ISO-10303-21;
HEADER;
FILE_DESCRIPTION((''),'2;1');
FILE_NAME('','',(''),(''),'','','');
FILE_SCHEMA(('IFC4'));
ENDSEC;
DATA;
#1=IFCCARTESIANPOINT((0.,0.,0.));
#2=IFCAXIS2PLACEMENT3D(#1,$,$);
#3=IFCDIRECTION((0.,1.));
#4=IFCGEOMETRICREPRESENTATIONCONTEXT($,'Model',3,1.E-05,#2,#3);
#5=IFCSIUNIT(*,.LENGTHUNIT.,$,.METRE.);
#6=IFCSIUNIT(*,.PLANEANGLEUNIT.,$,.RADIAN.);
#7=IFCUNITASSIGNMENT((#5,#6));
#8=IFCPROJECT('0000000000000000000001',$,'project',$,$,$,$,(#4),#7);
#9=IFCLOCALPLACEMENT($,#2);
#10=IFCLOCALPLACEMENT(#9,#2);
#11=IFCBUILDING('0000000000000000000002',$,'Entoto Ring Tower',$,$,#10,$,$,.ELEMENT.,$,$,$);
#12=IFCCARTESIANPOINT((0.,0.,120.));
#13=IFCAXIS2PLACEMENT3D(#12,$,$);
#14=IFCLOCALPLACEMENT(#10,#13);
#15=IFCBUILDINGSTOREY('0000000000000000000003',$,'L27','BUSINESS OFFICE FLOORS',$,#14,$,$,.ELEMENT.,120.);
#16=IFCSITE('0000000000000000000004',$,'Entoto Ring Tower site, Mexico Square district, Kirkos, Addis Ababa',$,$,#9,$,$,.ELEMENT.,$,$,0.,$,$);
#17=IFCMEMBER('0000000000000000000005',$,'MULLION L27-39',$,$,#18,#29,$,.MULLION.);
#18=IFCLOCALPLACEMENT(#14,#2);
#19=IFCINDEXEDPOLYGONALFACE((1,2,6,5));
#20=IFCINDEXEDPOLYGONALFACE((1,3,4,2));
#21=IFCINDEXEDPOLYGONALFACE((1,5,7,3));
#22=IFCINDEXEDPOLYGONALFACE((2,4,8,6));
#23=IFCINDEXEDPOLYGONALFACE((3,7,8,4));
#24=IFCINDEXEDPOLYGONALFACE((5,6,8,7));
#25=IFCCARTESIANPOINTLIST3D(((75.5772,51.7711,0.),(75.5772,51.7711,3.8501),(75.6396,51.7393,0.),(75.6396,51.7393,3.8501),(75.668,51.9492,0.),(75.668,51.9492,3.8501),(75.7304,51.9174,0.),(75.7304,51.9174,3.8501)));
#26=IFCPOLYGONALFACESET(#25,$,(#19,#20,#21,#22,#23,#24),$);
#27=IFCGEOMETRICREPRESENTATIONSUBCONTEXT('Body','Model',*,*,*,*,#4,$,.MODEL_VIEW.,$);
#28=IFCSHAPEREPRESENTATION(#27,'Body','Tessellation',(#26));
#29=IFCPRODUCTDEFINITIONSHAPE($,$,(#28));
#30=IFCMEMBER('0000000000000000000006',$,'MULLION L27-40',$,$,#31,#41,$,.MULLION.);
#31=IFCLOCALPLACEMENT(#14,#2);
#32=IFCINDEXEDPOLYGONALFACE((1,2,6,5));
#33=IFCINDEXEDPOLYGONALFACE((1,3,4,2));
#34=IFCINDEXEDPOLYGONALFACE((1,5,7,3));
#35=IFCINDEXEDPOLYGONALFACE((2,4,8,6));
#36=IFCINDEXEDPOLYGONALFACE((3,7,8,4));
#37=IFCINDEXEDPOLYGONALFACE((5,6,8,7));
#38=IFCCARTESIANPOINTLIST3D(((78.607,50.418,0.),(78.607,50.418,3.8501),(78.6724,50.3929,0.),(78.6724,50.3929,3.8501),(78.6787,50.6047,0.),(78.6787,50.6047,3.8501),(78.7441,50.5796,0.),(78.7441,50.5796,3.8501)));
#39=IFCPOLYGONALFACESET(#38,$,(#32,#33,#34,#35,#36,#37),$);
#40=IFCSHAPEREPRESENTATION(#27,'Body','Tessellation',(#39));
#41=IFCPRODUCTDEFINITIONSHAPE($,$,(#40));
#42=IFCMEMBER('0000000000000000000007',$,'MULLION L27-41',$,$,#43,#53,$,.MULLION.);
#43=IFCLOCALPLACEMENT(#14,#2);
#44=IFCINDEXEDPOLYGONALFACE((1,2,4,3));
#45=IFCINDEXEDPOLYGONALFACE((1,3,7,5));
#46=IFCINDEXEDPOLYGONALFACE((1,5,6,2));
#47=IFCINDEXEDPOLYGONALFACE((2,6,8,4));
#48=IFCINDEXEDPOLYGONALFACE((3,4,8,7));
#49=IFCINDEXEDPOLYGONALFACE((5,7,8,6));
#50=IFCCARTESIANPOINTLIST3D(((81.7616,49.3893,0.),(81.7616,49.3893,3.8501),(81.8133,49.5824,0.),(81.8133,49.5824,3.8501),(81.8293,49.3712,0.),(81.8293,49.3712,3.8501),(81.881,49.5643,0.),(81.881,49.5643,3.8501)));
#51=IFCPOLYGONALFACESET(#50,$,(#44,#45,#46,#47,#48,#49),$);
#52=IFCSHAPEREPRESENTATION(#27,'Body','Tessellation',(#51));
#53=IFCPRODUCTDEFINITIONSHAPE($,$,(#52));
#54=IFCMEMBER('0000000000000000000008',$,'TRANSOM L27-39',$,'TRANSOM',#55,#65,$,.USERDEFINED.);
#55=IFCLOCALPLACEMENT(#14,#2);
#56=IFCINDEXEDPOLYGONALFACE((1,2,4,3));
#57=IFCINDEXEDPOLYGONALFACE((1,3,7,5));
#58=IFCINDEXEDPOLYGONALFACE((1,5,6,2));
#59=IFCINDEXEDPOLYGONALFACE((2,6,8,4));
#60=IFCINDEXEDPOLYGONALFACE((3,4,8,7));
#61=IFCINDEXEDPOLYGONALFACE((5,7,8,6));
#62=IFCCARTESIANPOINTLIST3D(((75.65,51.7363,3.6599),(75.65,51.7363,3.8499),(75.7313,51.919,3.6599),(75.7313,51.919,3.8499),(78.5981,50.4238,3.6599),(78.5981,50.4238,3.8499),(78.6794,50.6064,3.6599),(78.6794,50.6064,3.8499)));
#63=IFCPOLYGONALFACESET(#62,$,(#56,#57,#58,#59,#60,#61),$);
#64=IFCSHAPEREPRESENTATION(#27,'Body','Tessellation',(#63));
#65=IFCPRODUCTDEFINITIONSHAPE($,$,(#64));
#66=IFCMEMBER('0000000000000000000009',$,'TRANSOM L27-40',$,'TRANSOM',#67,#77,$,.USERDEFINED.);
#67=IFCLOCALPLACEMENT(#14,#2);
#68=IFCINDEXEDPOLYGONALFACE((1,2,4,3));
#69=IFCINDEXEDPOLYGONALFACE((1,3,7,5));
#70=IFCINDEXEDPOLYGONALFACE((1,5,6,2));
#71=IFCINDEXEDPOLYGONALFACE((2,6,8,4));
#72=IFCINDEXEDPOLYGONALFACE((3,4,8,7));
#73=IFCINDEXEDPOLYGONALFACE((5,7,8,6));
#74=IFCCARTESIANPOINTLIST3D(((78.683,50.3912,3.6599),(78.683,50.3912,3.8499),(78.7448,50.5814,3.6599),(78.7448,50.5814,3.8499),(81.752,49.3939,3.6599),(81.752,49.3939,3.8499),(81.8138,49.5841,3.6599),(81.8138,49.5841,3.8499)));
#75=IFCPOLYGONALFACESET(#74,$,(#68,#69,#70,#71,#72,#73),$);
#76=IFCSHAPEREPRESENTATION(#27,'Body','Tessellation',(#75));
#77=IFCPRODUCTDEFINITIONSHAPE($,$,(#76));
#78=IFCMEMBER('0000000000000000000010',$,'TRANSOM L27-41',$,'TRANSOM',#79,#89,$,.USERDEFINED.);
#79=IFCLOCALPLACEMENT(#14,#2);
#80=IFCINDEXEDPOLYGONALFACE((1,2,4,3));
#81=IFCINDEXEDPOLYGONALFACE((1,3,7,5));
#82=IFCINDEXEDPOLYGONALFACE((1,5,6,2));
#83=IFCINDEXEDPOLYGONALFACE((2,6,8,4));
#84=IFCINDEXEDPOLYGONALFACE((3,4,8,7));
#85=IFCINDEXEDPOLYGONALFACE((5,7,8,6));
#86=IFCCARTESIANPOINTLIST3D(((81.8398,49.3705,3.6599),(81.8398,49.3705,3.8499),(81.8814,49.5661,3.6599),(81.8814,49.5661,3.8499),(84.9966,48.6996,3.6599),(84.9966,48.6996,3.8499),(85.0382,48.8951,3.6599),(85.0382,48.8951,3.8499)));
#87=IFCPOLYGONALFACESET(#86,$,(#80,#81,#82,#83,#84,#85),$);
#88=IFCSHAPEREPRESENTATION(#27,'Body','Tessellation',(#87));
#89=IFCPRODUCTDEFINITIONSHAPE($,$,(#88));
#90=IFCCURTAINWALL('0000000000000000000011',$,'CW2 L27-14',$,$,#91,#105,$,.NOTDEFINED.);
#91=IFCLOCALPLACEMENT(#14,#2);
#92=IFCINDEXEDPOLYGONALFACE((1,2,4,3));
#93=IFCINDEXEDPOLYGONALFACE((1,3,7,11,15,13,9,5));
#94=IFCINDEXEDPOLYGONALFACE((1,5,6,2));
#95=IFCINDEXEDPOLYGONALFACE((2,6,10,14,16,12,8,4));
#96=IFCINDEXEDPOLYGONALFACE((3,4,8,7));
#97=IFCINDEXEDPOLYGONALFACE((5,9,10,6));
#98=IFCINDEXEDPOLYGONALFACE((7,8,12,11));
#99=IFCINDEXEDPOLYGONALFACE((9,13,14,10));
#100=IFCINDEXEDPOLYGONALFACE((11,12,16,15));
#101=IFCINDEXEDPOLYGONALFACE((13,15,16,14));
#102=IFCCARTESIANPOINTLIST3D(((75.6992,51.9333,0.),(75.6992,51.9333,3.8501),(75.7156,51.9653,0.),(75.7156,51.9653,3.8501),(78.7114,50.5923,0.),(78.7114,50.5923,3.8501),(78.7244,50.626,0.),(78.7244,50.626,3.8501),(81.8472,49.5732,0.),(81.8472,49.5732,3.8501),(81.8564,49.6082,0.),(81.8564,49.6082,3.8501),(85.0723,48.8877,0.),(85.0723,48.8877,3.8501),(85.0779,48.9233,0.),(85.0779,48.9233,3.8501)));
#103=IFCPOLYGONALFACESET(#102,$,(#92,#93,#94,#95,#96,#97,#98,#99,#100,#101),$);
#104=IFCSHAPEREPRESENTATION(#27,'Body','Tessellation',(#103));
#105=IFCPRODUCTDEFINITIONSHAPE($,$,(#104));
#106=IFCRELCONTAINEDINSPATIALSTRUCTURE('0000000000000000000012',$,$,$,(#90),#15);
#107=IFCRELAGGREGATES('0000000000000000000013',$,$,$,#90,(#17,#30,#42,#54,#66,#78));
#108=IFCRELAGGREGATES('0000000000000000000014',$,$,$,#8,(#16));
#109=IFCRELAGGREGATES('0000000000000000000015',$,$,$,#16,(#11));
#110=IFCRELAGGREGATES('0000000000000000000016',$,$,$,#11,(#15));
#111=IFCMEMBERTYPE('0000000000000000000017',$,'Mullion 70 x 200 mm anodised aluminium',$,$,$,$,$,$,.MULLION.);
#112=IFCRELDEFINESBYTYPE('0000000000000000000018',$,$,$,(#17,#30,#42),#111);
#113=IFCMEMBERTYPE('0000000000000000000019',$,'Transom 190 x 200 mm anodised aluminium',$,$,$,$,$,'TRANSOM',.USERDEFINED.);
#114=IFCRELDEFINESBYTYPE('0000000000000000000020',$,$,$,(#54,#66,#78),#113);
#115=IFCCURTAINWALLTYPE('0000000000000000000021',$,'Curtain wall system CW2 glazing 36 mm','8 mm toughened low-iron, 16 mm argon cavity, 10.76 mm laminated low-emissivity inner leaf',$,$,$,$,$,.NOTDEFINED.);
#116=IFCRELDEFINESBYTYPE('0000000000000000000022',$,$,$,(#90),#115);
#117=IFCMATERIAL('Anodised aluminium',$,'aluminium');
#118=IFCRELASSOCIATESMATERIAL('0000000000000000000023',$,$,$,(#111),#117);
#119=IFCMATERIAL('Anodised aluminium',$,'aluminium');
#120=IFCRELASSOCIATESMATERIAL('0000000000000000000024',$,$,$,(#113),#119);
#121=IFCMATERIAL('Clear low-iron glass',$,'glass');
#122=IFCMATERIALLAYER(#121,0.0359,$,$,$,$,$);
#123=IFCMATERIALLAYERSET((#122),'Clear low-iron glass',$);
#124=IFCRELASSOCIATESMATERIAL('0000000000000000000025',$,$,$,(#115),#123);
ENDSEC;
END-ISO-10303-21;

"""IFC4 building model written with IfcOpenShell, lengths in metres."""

from ifc_helpers import new_model, si_unit, direction, frame, origin, origin_2d, place, context, subcontext, project, spatial, polyline, rectangle, outline, extrude, material, layer, layer_set, material_profile, profile_set, type_object, element, aggregate, save


model = new_model("IFC4")

# Units and contexts
model_context = context("Model", 3, precision=1e-05, world=origin(), true_north=direction((0.0, 1.0)))
body_context = subcontext(model_context, "Body", "Model", "MODEL_VIEW")
ifc_project = project(units=[si_unit("LENGTHUNIT", "METRE"), si_unit("PLANEANGLEUNIT", "RADIAN")], contexts=[model_context])

# Members
ifc_material_1 = material(Name="Anodised aluminium", Category="aluminium")
ifc_material_profile_1 = material_profile(ifc_material_1, rectangle(XDim=0.0701, YDim=0.2, at=origin_2d()), Name="Mullion 70 x 200 mm anodised aluminium")
ifc_profile_set_1 = profile_set([ifc_material_profile_1], Name="Anodised aluminium")
member_type_1 = type_object("IfcMemberType", Name="Mullion 70 x 200 mm anodised aluminium", PredefinedType="MULLION", material=ifc_profile_set_1)
site_placement = place(None, origin())
building_placement = place(site_placement, origin())
storey_placement = place(building_placement, frame((0.0, 0.0, 120.0)))
member_1_placement = place(storey_placement, frame((75.6538, 51.8442, 0.0), z_axis=(0.0, 0.0, 1.0), x_axis=(0.891007, -0.45399, 0.0)))
member_1 = element("IfcMember", 1, at=member_1_placement, type_object=member_type_1, Name="MULLION L27-39", PredefinedType="MULLION", context=body_context, shape_type="SweptSolid", body=[
    extrude(rectangle(XDim=0.0701, YDim=0.2, at=origin_2d()), origin(), (0.0, 0.0, 1.0), 3.8501),
])
member_2_placement = place(storey_placement, frame((78.6755, 50.4988, 0.0), z_axis=(0.0, 0.0, 1.0), x_axis=(0.93358, -0.358368, 0.0)))
member_2 = element("IfcMember", 2, at=member_2_placement, type_object=member_type_1, Name="MULLION L27-40", PredefinedType="MULLION", context=body_context, shape_type="SweptSolid", body=[
    extrude(rectangle(XDim=0.0701, YDim=0.2, at=origin_2d()), origin(), (0.0, 0.0, 1.0), 3.8501),
])
member_3_placement = place(storey_placement, frame((81.8213, 49.4768, 0.0), z_axis=(0.0, 0.0, 1.0), x_axis=(0.965926, -0.258819, 0.0)))
member_3 = element("IfcMember", 3, at=member_3_placement, type_object=member_type_1, Name="MULLION L27-41", PredefinedType="MULLION", context=body_context, shape_type="SweptSolid", body=[
    extrude(rectangle(XDim=0.0701, YDim=0.2, at=origin_2d()), origin(), (0.0, 0.0, 1.0), 3.8501),
])
ifc_material_2 = material(Name="Anodised aluminium", Category="aluminium")
ifc_material_profile_2 = material_profile(ifc_material_2, rectangle(XDim=0.2, YDim=0.1899, at=origin_2d()), Name="Transom 190 x 200 mm anodised aluminium")
ifc_profile_set_2 = profile_set([ifc_material_profile_2], Name="Anodised aluminium")
member_type_2 = type_object("IfcMemberType", Name="Transom 190 x 200 mm anodised aluminium", ElementType="TRANSOM", PredefinedType="USERDEFINED", material=ifc_profile_set_2)
member_4_placement = place(storey_placement, frame((75.6907, 51.8276, 3.7549), z_axis=(0.913549, -0.406728, 0.0), x_axis=(0.406728, 0.913549, 0.0)))
member_4 = element("IfcMember", 4, at=member_4_placement, type_object=member_type_2, Name="TRANSOM L27-39", ObjectType="TRANSOM", PredefinedType="USERDEFINED", context=body_context, shape_type="SweptSolid", body=[
    extrude(rectangle(XDim=0.2, YDim=0.1899, at=origin_2d()), origin(), (0.0, 0.0, 1.0), 3.2271),
])
member_5_placement = place(storey_placement, frame((78.7139, 50.4863, 3.7549), z_axis=(0.951047, -0.309047, 0.0), x_axis=(0.309047, 0.951047, 0.0)))
member_5 = element("IfcMember", 5, at=member_5_placement, type_object=member_type_2, Name="TRANSOM L27-40", ObjectType="TRANSOM", PredefinedType="USERDEFINED", context=body_context, shape_type="SweptSolid", body=[
    extrude(rectangle(XDim=0.2, YDim=0.1899, at=origin_2d()), origin(), (0.0, 0.0, 1.0), 3.2271),
])
member_6_placement = place(storey_placement, frame((81.8606, 49.4683, 3.7549), z_axis=(0.978153, -0.207886, 0.0), x_axis=(0.207886, 0.978153, 0.0)))
member_6 = element("IfcMember", 6, at=member_6_placement, type_object=member_type_2, Name="TRANSOM L27-41", ObjectType="TRANSOM", PredefinedType="USERDEFINED", context=body_context, shape_type="SweptSolid", body=[
    extrude(rectangle(XDim=0.2, YDim=0.1899, at=origin_2d()), origin(), (0.0, 0.0, 1.0), 3.2273),
])

# Site, building, storey
site = spatial("IfcSite", under=ifc_project, at=site_placement, Name="Entoto Ring Tower site, Mexico Square district, Kirkos, Addis Ababa", CompositionType="ELEMENT", RefElevation=0.0)
building = spatial("IfcBuilding", under=site, at=building_placement, Name="Entoto Ring Tower", CompositionType="ELEMENT")
storey = spatial("IfcBuildingStorey", under=building, at=storey_placement, Name="L27", Description="BUSINESS OFFICE FLOORS", CompositionType="ELEMENT", Elevation=120.0)

# Curtain wall
ifc_material_3 = material(Name="Clear low-iron glass", Category="glass")
ifc_layer = layer(ifc_material_3, 0.0359)
ifc_layer_set = layer_set([ifc_layer], Name="Clear low-iron glass")
curtain_wall_type = type_object("IfcCurtainWallType", Name="Curtain wall system CW2 glazing 36 mm", Description="8 mm toughened low-iron, 16 mm argon cavity, 10.76 mm laminated low-emissivity inner leaf", PredefinedType="NOTDEFINED", material=ifc_layer_set)
curtain_wall_1_placement = place(storey_placement, origin())
curtain_wall_1 = element("IfcCurtainWall", 7, at=curtain_wall_1_placement, inside=storey, type_object=curtain_wall_type, Name="CW2 L27-14", PredefinedType="NOTDEFINED", context=body_context, shape_type="SweptSolid", body=[
    extrude(outline(polyline([(75.6992, 51.9333), (78.7114, 50.5923), (81.8472, 49.5732), (85.0723, 48.8877), (85.0779, 48.9233), (81.8564, 49.6082), (78.7244, 50.626), (75.7156, 51.9653), (75.6992, 51.9333)])), origin(), (0.0, 0.0, 1.0), 3.8501),
])
aggregate(curtain_wall_1, [member_1, member_2, member_3, member_4, member_5, member_6])

save(model, "model.ifc")
